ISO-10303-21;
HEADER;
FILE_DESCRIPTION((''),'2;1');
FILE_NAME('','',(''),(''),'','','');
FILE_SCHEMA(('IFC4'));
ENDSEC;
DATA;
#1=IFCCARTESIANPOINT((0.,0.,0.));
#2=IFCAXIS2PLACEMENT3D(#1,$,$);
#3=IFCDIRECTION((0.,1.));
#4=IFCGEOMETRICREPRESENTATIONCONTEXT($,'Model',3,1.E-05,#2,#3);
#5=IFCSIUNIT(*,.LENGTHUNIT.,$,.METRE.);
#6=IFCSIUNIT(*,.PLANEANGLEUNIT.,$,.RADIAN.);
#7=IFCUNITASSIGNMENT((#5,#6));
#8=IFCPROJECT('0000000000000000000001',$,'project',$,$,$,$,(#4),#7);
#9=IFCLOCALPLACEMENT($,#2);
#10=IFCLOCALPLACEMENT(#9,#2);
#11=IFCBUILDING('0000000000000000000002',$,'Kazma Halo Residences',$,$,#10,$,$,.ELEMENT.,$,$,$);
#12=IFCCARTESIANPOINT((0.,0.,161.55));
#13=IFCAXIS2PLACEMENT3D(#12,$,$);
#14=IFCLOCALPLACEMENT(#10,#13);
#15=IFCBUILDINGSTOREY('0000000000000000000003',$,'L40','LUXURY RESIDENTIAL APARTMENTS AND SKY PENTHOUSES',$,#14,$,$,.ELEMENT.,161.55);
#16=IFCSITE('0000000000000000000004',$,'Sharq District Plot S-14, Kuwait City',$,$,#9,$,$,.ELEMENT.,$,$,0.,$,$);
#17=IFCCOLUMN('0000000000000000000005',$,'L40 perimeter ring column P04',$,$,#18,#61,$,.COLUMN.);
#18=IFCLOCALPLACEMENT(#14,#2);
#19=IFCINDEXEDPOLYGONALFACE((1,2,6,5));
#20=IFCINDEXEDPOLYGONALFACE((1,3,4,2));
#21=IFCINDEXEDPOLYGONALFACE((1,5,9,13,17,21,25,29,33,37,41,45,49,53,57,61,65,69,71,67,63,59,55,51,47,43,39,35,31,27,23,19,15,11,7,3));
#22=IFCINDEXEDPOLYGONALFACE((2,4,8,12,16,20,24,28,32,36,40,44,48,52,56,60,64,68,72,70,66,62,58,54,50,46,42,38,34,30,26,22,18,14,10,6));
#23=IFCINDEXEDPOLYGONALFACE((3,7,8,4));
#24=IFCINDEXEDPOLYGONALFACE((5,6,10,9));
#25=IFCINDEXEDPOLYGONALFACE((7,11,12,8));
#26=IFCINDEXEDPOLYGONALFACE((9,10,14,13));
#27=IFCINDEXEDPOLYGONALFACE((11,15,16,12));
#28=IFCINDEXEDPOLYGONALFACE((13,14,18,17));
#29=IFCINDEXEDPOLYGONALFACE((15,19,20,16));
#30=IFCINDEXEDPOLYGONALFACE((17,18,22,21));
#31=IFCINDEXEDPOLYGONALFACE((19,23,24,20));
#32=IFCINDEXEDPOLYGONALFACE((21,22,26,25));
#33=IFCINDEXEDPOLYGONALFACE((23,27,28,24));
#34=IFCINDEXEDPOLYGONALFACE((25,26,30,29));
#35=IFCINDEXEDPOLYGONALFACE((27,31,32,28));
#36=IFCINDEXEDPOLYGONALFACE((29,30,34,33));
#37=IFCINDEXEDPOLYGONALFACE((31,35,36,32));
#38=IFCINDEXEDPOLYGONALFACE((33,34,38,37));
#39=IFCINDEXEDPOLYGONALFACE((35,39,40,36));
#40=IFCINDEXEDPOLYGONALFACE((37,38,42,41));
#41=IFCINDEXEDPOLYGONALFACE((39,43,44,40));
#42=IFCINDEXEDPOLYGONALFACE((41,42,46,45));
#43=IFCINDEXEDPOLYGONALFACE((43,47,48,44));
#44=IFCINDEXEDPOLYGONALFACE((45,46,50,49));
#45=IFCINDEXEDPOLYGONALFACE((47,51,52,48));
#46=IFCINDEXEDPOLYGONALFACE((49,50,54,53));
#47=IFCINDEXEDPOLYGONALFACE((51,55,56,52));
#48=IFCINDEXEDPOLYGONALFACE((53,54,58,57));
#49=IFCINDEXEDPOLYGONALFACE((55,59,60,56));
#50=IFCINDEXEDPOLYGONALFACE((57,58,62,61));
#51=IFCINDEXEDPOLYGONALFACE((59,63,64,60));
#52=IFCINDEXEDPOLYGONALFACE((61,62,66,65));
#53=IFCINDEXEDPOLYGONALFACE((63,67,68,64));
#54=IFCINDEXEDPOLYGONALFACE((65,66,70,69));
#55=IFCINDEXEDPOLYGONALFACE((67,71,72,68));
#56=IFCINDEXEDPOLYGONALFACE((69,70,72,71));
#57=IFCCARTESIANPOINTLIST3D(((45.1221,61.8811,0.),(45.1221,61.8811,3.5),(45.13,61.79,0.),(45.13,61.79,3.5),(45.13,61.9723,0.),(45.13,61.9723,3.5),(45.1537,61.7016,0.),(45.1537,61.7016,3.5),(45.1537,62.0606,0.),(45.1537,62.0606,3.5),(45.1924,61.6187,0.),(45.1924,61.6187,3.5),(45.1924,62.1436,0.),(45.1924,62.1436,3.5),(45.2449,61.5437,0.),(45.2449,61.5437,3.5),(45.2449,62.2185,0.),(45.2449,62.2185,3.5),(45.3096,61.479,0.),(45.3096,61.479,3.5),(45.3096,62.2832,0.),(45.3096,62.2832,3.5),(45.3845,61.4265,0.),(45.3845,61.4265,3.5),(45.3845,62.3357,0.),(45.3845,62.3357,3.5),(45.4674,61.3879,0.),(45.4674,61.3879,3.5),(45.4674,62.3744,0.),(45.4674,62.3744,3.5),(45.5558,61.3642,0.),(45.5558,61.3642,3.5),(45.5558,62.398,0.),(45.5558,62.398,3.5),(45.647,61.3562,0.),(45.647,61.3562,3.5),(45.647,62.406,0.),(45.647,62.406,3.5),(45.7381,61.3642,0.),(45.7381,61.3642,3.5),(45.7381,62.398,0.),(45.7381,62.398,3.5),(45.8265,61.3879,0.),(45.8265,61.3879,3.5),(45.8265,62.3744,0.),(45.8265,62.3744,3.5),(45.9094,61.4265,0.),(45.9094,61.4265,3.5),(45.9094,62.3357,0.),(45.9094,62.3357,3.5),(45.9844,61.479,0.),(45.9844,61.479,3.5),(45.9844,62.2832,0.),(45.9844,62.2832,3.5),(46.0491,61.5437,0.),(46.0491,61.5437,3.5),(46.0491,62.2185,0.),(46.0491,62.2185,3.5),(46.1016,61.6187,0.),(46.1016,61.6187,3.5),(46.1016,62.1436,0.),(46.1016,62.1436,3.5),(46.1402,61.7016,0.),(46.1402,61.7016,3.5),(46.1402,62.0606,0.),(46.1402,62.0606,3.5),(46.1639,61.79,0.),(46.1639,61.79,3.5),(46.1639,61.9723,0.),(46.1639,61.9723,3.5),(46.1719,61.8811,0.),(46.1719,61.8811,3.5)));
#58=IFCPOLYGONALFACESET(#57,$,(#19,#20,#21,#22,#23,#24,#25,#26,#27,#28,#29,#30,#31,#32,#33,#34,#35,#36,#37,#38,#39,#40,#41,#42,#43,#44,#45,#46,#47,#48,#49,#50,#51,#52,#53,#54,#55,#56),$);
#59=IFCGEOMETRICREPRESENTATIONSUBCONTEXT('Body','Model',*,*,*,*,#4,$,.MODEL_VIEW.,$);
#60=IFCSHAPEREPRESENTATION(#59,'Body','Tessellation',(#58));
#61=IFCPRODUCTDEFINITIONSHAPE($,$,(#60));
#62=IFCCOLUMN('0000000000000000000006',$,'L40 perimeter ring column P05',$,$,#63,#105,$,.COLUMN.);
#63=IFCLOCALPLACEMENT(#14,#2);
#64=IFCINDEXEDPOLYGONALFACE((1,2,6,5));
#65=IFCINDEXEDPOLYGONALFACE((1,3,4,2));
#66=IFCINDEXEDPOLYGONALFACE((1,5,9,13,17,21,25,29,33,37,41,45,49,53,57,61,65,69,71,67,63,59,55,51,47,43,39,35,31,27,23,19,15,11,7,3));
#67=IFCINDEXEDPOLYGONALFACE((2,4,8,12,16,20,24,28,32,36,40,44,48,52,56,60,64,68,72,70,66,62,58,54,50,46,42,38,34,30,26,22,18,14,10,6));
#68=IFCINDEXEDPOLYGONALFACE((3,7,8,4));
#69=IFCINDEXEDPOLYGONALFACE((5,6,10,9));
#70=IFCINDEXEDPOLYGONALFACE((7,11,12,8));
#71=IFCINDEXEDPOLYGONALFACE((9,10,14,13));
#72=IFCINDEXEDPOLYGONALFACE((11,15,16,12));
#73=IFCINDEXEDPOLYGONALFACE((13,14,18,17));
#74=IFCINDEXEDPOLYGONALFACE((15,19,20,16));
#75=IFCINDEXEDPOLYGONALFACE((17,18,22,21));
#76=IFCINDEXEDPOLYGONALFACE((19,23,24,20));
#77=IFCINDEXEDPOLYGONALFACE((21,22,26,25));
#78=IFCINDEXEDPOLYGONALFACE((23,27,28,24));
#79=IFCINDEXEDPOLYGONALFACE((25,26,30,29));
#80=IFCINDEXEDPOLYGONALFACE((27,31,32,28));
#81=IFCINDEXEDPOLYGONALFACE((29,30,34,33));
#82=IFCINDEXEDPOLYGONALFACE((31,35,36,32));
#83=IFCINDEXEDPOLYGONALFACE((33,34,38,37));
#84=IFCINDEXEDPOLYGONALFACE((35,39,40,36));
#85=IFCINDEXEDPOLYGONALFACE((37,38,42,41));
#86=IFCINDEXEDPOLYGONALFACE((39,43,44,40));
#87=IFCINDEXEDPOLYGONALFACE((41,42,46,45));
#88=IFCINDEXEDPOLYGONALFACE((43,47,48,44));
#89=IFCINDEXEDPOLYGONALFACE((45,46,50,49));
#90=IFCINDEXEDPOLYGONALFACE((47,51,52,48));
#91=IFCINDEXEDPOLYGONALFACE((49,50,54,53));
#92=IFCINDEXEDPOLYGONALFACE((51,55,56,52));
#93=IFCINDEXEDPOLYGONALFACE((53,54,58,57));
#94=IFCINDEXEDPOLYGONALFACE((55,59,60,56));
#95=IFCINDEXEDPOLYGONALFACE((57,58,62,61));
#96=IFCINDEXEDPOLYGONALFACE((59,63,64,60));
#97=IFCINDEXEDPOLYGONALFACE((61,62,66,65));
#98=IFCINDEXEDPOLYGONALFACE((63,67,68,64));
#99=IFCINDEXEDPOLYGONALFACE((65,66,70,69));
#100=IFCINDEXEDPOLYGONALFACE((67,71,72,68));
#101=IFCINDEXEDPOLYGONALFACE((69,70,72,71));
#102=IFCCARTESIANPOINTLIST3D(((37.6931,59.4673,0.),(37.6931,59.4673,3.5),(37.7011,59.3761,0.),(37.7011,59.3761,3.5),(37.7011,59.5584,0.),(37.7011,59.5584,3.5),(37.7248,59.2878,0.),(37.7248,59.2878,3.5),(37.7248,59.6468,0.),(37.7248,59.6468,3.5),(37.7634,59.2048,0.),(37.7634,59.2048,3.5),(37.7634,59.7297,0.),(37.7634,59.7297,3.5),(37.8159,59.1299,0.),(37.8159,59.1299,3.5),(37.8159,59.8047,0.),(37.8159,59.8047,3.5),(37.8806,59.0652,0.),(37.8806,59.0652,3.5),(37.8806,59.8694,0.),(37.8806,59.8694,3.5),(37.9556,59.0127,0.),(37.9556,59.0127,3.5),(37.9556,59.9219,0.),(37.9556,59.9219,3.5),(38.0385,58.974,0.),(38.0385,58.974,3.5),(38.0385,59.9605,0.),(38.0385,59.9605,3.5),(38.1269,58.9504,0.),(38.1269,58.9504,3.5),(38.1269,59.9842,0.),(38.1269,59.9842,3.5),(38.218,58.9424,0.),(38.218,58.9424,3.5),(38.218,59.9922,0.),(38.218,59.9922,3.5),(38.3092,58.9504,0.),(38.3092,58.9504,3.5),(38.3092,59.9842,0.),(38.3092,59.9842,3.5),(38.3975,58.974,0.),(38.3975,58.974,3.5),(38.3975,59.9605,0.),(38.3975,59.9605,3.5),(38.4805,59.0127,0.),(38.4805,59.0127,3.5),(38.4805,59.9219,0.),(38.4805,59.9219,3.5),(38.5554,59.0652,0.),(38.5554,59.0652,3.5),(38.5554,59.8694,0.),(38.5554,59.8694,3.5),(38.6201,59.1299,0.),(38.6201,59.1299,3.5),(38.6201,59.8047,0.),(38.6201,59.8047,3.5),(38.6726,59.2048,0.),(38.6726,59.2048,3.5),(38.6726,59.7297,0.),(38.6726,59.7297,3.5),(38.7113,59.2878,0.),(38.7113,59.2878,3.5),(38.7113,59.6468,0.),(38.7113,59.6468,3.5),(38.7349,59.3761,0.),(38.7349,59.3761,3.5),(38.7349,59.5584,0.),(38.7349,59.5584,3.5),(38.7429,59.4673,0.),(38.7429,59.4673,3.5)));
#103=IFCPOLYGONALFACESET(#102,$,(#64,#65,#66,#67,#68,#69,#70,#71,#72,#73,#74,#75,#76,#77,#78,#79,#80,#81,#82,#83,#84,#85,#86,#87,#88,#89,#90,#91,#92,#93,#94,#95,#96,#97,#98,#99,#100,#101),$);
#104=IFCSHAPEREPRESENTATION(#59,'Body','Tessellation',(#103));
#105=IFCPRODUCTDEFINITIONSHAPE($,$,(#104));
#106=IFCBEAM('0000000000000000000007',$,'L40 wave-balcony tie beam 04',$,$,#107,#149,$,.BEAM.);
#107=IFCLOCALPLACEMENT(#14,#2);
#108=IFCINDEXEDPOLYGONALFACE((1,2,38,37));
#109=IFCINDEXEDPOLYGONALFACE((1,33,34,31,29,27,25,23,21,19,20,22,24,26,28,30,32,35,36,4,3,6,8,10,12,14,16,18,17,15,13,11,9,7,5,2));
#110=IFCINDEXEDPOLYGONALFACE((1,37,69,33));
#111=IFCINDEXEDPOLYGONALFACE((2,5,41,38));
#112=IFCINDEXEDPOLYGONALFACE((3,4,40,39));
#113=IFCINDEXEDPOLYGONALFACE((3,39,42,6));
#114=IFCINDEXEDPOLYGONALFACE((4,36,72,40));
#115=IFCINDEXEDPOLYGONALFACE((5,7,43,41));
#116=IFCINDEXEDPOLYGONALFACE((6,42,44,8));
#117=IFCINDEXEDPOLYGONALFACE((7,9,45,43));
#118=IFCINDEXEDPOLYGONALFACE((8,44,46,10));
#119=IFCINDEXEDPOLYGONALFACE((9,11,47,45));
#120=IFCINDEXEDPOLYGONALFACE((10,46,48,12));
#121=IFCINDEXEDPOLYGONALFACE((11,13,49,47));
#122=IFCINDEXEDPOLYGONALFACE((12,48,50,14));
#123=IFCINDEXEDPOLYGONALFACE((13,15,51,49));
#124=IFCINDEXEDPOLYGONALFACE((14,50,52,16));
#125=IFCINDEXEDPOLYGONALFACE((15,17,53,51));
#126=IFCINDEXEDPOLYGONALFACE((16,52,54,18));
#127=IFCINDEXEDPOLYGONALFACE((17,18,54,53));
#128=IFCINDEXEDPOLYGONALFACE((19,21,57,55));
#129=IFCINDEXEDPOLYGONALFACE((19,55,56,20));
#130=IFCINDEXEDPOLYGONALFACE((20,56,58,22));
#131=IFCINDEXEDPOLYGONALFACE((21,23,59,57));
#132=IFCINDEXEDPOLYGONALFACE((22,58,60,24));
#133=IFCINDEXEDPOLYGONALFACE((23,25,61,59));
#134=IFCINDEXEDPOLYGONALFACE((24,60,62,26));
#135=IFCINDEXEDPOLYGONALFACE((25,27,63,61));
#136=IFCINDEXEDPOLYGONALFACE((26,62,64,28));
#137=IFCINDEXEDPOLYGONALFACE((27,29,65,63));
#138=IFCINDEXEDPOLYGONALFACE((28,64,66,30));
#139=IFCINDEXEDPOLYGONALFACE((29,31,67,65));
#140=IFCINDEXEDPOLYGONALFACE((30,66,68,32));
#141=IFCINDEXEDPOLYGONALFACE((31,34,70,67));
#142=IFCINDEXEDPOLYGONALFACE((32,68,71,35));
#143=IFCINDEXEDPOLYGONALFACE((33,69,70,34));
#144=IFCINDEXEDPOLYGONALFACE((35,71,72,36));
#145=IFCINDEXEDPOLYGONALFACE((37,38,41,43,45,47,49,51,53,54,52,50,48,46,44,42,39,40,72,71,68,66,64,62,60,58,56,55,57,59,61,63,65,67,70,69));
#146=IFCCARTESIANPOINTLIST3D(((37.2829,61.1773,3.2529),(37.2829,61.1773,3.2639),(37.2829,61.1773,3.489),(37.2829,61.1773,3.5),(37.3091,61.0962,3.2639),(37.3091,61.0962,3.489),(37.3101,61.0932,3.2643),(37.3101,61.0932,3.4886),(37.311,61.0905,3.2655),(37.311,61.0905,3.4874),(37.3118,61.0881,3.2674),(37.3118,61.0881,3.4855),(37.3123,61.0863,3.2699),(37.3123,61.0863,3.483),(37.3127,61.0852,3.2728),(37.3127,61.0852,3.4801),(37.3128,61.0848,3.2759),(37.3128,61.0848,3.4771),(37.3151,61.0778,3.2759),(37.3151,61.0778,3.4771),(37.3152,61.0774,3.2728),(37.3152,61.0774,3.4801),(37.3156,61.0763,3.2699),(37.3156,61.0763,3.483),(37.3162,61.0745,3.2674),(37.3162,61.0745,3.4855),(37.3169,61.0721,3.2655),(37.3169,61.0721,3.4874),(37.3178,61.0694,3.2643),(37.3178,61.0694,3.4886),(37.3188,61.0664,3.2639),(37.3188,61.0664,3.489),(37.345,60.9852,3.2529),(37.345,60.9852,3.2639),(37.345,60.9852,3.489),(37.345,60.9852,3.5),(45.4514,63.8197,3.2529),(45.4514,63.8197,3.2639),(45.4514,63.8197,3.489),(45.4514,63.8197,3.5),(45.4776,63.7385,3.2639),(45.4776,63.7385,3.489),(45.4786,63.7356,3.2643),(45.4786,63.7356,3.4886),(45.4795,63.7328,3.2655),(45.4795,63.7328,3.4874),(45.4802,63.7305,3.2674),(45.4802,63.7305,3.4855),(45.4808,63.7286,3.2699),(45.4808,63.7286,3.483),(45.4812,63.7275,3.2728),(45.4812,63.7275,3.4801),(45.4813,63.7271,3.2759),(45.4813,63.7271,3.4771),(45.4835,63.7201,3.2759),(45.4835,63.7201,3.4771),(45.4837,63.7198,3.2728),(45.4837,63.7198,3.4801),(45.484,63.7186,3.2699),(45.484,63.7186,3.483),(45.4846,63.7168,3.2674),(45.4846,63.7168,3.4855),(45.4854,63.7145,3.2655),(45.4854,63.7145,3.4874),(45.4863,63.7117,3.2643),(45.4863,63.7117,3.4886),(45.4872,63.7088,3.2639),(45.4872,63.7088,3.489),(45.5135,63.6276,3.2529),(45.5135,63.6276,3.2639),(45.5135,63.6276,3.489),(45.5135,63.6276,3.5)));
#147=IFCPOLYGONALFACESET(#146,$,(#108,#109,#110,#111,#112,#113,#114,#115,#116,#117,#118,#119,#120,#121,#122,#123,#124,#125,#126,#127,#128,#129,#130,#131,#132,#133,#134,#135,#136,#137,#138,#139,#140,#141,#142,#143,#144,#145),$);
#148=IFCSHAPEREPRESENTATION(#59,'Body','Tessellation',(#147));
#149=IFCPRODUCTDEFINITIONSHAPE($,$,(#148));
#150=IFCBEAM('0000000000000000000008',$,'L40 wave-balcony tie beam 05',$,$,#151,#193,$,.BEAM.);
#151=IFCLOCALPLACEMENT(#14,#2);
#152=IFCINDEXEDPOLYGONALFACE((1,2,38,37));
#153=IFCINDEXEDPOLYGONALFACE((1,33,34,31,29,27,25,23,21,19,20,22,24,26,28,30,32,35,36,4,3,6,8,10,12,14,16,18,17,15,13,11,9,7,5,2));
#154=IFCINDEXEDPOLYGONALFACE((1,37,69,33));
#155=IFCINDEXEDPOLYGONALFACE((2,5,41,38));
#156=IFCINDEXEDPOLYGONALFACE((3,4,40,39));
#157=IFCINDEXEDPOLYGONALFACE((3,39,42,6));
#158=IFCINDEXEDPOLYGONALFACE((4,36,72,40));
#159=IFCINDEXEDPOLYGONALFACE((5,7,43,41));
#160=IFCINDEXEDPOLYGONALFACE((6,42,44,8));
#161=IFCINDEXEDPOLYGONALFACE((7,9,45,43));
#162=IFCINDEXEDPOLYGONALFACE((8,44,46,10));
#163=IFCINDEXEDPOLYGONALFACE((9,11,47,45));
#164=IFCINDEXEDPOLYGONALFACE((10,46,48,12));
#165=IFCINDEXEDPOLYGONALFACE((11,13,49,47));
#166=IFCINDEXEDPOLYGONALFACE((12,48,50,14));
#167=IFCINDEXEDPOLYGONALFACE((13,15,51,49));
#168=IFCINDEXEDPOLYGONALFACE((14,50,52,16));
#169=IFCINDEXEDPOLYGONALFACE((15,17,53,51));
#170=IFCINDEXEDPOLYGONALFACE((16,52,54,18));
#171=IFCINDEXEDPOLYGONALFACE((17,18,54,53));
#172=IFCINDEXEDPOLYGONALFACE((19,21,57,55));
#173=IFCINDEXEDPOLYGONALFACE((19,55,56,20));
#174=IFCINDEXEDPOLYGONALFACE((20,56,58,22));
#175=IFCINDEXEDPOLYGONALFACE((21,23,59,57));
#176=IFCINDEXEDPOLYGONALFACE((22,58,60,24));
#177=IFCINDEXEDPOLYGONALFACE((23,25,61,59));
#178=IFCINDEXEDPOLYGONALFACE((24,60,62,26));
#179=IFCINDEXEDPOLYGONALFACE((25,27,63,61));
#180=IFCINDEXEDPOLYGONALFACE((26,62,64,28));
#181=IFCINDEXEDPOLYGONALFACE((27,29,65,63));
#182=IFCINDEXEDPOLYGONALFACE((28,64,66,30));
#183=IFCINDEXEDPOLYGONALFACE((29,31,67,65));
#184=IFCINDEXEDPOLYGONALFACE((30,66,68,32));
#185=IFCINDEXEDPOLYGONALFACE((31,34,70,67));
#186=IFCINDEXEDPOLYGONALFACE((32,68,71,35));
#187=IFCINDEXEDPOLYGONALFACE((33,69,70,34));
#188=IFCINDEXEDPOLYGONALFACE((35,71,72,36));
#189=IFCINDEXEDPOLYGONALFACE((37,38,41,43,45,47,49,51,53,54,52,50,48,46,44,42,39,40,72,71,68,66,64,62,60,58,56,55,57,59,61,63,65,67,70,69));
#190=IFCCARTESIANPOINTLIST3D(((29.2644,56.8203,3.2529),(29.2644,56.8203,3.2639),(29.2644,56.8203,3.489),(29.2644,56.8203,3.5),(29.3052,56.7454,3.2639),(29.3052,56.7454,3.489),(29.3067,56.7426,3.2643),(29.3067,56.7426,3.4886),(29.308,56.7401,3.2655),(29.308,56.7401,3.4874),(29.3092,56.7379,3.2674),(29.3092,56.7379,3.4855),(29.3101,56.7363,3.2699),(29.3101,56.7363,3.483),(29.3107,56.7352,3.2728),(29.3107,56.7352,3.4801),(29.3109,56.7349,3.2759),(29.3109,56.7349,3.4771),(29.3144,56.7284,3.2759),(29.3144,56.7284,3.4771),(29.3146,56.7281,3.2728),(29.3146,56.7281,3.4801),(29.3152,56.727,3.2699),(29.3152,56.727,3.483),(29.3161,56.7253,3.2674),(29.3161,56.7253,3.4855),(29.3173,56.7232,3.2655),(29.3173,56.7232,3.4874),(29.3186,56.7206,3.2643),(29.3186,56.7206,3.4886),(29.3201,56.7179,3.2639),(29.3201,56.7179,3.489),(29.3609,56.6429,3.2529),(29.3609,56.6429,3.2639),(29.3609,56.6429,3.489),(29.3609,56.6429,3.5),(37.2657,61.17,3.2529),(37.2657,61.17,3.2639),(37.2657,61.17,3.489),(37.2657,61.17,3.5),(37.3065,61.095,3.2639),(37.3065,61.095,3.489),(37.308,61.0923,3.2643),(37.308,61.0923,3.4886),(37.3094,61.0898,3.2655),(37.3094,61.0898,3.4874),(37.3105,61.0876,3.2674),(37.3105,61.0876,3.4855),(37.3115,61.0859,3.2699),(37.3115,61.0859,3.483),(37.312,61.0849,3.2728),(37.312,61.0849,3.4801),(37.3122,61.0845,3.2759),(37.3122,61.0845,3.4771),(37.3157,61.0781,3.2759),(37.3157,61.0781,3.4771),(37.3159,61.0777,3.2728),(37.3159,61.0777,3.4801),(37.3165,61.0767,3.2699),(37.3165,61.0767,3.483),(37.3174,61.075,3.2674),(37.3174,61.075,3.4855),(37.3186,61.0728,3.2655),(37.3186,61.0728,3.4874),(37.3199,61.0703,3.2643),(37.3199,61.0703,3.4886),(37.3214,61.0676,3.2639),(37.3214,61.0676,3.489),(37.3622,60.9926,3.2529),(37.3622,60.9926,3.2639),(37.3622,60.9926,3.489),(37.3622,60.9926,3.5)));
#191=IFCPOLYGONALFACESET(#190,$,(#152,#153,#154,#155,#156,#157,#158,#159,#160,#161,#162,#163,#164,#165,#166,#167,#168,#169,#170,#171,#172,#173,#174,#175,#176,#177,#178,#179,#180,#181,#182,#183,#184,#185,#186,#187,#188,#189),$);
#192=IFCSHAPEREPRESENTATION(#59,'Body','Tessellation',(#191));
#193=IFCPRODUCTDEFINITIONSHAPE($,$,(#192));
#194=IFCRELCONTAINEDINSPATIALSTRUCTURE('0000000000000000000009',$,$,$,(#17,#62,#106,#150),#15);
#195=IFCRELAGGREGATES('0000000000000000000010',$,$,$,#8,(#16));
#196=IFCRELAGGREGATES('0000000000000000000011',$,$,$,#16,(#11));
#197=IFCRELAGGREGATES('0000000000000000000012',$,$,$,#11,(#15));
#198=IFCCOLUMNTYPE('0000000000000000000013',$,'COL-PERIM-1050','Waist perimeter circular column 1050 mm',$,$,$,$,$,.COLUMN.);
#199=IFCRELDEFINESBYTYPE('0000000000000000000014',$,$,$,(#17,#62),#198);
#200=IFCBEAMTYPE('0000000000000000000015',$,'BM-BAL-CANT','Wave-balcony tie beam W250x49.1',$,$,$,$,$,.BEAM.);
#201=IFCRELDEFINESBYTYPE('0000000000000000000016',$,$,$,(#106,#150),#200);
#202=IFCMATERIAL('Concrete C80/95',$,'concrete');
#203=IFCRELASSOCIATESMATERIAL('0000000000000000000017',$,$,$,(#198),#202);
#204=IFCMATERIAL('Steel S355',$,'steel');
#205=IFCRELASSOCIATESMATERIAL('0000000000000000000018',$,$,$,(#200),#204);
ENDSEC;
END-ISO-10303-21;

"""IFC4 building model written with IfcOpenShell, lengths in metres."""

from ifc_helpers import new_model, si_unit, direction, frame, origin, origin_2d, place, context, subcontext, project, spatial, circle, i_section, extrude, material, material_profile, profile_set, type_object, element, save


model = new_model("IFC4")

# Units and contexts
model_context = context("Model", 3, precision=1e-05, world=origin(), true_north=direction((0.0, 1.0)))
body_context = subcontext(model_context, "Body", "Model", "MODEL_VIEW")
ifc_project = project(units=[si_unit("LENGTHUNIT", "METRE"), si_unit("PLANEANGLEUNIT", "RADIAN")], contexts=[model_context])

# Site, building, storey
site_placement = place(None, origin())
site = spatial("IfcSite", under=ifc_project, at=site_placement, Name="Sharq District Plot S-14, Kuwait City", CompositionType="ELEMENT", RefElevation=0.0)
building_placement = place(site_placement, origin())
building = spatial("IfcBuilding", under=site, at=building_placement, Name="Kazma Halo Residences", CompositionType="ELEMENT")
storey_placement = place(building_placement, frame((0.0, 0.0, 161.55)))
storey = spatial("IfcBuildingStorey", under=building, at=storey_placement, Name="L40", Description="LUXURY RESIDENTIAL APARTMENTS AND SKY PENTHOUSES", CompositionType="ELEMENT", Elevation=161.55)

# Columns
ifc_material_1 = material(Name="Concrete C80/95", Category="concrete")
ifc_material_profile_1 = material_profile(ifc_material_1, circle(Radius=0.5249, at=origin_2d()), Name="CIRC1050")
ifc_profile_set_1 = profile_set([ifc_material_profile_1], Name="Concrete C80/95")
column_type = type_object("IfcColumnType", Name="COL-PERIM-1050", Description="Waist perimeter circular column 1050 mm", PredefinedType="COLUMN", material=ifc_profile_set_1)
for number, where, z_axis, x_axis, name in (
    (1, (45.647, 61.8811, 0.0), (0.0, 0.0, 1.0), (1.0, 0.0, 0.0), "L40 perimeter ring column P04"),
    (2, (38.218, 59.4673, 0.0), (0.0, 0.0, 1.0), (1.0, 0.0, 0.0), "L40 perimeter ring column P05"),
):
    element("IfcColumn", number, at=place(storey_placement, frame(where, z_axis=z_axis, x_axis=x_axis)), inside=storey, type_object=column_type, Name=name, PredefinedType="COLUMN", context=body_context, shape_type="SweptSolid", body=[
        extrude(circle(Radius=0.5249, at=origin_2d()), origin(), (0.0, 0.0, 1.0), 3.5),
    ])

# Beams
ifc_material_2 = material(Name="Steel S355", Category="steel")
ifc_material_profile_2 = material_profile(ifc_material_2, i_section(OverallWidth=0.2019, OverallDepth=0.2471, WebThickness=0.0073, FlangeThickness=0.011, FilletRadius=0.012, at=origin_2d()), Name="W250x49.1")
ifc_profile_set_2 = profile_set([ifc_material_profile_2], Name="Steel S355")
beam_type_1 = type_object("IfcBeamType", Name="BM-BAL-CANT", Description="Wave-balcony tie beam W250x49.1", PredefinedType="BEAM", material=ifc_profile_set_2)
beam_1_placement = place(storey_placement, frame((45.4824, 63.7236, 3.3765), z_axis=(-0.951458, -0.307778, 0.0), x_axis=(0.307778, -0.951458, 0.0)))
element("IfcBeam", 3, at=beam_1_placement, inside=storey, type_object=beam_type_1, Name="L40 wave-balcony tie beam 04", PredefinedType="BEAM", context=body_context, shape_type="SweptSolid", body=[
    extrude(i_section(OverallWidth=0.2019, OverallDepth=0.2471, WebThickness=0.0073, FlangeThickness=0.011, FilletRadius=0.012, at=origin_2d()), origin(), (0.0, 0.0, 1.0), 8.5852),
])
beam_2_placement = place(storey_placement, frame((37.314, 61.0813, 3.3765), z_axis=(-0.878573, -0.477608, 0.0), x_axis=(0.477608, -0.878573, 0.0)))
element("IfcBeam", 4, at=beam_2_placement, inside=storey, type_object=beam_type_1, Name="L40 wave-balcony tie beam 05", PredefinedType="BEAM", context=body_context, shape_type="SweptSolid", body=[
    extrude(i_section(OverallWidth=0.2019, OverallDepth=0.2471, WebThickness=0.0073, FlangeThickness=0.011, FilletRadius=0.012, at=origin_2d()), origin(), (0.0, 0.0, 1.0), 9.1072),
])

save(model, "model.ifc")
